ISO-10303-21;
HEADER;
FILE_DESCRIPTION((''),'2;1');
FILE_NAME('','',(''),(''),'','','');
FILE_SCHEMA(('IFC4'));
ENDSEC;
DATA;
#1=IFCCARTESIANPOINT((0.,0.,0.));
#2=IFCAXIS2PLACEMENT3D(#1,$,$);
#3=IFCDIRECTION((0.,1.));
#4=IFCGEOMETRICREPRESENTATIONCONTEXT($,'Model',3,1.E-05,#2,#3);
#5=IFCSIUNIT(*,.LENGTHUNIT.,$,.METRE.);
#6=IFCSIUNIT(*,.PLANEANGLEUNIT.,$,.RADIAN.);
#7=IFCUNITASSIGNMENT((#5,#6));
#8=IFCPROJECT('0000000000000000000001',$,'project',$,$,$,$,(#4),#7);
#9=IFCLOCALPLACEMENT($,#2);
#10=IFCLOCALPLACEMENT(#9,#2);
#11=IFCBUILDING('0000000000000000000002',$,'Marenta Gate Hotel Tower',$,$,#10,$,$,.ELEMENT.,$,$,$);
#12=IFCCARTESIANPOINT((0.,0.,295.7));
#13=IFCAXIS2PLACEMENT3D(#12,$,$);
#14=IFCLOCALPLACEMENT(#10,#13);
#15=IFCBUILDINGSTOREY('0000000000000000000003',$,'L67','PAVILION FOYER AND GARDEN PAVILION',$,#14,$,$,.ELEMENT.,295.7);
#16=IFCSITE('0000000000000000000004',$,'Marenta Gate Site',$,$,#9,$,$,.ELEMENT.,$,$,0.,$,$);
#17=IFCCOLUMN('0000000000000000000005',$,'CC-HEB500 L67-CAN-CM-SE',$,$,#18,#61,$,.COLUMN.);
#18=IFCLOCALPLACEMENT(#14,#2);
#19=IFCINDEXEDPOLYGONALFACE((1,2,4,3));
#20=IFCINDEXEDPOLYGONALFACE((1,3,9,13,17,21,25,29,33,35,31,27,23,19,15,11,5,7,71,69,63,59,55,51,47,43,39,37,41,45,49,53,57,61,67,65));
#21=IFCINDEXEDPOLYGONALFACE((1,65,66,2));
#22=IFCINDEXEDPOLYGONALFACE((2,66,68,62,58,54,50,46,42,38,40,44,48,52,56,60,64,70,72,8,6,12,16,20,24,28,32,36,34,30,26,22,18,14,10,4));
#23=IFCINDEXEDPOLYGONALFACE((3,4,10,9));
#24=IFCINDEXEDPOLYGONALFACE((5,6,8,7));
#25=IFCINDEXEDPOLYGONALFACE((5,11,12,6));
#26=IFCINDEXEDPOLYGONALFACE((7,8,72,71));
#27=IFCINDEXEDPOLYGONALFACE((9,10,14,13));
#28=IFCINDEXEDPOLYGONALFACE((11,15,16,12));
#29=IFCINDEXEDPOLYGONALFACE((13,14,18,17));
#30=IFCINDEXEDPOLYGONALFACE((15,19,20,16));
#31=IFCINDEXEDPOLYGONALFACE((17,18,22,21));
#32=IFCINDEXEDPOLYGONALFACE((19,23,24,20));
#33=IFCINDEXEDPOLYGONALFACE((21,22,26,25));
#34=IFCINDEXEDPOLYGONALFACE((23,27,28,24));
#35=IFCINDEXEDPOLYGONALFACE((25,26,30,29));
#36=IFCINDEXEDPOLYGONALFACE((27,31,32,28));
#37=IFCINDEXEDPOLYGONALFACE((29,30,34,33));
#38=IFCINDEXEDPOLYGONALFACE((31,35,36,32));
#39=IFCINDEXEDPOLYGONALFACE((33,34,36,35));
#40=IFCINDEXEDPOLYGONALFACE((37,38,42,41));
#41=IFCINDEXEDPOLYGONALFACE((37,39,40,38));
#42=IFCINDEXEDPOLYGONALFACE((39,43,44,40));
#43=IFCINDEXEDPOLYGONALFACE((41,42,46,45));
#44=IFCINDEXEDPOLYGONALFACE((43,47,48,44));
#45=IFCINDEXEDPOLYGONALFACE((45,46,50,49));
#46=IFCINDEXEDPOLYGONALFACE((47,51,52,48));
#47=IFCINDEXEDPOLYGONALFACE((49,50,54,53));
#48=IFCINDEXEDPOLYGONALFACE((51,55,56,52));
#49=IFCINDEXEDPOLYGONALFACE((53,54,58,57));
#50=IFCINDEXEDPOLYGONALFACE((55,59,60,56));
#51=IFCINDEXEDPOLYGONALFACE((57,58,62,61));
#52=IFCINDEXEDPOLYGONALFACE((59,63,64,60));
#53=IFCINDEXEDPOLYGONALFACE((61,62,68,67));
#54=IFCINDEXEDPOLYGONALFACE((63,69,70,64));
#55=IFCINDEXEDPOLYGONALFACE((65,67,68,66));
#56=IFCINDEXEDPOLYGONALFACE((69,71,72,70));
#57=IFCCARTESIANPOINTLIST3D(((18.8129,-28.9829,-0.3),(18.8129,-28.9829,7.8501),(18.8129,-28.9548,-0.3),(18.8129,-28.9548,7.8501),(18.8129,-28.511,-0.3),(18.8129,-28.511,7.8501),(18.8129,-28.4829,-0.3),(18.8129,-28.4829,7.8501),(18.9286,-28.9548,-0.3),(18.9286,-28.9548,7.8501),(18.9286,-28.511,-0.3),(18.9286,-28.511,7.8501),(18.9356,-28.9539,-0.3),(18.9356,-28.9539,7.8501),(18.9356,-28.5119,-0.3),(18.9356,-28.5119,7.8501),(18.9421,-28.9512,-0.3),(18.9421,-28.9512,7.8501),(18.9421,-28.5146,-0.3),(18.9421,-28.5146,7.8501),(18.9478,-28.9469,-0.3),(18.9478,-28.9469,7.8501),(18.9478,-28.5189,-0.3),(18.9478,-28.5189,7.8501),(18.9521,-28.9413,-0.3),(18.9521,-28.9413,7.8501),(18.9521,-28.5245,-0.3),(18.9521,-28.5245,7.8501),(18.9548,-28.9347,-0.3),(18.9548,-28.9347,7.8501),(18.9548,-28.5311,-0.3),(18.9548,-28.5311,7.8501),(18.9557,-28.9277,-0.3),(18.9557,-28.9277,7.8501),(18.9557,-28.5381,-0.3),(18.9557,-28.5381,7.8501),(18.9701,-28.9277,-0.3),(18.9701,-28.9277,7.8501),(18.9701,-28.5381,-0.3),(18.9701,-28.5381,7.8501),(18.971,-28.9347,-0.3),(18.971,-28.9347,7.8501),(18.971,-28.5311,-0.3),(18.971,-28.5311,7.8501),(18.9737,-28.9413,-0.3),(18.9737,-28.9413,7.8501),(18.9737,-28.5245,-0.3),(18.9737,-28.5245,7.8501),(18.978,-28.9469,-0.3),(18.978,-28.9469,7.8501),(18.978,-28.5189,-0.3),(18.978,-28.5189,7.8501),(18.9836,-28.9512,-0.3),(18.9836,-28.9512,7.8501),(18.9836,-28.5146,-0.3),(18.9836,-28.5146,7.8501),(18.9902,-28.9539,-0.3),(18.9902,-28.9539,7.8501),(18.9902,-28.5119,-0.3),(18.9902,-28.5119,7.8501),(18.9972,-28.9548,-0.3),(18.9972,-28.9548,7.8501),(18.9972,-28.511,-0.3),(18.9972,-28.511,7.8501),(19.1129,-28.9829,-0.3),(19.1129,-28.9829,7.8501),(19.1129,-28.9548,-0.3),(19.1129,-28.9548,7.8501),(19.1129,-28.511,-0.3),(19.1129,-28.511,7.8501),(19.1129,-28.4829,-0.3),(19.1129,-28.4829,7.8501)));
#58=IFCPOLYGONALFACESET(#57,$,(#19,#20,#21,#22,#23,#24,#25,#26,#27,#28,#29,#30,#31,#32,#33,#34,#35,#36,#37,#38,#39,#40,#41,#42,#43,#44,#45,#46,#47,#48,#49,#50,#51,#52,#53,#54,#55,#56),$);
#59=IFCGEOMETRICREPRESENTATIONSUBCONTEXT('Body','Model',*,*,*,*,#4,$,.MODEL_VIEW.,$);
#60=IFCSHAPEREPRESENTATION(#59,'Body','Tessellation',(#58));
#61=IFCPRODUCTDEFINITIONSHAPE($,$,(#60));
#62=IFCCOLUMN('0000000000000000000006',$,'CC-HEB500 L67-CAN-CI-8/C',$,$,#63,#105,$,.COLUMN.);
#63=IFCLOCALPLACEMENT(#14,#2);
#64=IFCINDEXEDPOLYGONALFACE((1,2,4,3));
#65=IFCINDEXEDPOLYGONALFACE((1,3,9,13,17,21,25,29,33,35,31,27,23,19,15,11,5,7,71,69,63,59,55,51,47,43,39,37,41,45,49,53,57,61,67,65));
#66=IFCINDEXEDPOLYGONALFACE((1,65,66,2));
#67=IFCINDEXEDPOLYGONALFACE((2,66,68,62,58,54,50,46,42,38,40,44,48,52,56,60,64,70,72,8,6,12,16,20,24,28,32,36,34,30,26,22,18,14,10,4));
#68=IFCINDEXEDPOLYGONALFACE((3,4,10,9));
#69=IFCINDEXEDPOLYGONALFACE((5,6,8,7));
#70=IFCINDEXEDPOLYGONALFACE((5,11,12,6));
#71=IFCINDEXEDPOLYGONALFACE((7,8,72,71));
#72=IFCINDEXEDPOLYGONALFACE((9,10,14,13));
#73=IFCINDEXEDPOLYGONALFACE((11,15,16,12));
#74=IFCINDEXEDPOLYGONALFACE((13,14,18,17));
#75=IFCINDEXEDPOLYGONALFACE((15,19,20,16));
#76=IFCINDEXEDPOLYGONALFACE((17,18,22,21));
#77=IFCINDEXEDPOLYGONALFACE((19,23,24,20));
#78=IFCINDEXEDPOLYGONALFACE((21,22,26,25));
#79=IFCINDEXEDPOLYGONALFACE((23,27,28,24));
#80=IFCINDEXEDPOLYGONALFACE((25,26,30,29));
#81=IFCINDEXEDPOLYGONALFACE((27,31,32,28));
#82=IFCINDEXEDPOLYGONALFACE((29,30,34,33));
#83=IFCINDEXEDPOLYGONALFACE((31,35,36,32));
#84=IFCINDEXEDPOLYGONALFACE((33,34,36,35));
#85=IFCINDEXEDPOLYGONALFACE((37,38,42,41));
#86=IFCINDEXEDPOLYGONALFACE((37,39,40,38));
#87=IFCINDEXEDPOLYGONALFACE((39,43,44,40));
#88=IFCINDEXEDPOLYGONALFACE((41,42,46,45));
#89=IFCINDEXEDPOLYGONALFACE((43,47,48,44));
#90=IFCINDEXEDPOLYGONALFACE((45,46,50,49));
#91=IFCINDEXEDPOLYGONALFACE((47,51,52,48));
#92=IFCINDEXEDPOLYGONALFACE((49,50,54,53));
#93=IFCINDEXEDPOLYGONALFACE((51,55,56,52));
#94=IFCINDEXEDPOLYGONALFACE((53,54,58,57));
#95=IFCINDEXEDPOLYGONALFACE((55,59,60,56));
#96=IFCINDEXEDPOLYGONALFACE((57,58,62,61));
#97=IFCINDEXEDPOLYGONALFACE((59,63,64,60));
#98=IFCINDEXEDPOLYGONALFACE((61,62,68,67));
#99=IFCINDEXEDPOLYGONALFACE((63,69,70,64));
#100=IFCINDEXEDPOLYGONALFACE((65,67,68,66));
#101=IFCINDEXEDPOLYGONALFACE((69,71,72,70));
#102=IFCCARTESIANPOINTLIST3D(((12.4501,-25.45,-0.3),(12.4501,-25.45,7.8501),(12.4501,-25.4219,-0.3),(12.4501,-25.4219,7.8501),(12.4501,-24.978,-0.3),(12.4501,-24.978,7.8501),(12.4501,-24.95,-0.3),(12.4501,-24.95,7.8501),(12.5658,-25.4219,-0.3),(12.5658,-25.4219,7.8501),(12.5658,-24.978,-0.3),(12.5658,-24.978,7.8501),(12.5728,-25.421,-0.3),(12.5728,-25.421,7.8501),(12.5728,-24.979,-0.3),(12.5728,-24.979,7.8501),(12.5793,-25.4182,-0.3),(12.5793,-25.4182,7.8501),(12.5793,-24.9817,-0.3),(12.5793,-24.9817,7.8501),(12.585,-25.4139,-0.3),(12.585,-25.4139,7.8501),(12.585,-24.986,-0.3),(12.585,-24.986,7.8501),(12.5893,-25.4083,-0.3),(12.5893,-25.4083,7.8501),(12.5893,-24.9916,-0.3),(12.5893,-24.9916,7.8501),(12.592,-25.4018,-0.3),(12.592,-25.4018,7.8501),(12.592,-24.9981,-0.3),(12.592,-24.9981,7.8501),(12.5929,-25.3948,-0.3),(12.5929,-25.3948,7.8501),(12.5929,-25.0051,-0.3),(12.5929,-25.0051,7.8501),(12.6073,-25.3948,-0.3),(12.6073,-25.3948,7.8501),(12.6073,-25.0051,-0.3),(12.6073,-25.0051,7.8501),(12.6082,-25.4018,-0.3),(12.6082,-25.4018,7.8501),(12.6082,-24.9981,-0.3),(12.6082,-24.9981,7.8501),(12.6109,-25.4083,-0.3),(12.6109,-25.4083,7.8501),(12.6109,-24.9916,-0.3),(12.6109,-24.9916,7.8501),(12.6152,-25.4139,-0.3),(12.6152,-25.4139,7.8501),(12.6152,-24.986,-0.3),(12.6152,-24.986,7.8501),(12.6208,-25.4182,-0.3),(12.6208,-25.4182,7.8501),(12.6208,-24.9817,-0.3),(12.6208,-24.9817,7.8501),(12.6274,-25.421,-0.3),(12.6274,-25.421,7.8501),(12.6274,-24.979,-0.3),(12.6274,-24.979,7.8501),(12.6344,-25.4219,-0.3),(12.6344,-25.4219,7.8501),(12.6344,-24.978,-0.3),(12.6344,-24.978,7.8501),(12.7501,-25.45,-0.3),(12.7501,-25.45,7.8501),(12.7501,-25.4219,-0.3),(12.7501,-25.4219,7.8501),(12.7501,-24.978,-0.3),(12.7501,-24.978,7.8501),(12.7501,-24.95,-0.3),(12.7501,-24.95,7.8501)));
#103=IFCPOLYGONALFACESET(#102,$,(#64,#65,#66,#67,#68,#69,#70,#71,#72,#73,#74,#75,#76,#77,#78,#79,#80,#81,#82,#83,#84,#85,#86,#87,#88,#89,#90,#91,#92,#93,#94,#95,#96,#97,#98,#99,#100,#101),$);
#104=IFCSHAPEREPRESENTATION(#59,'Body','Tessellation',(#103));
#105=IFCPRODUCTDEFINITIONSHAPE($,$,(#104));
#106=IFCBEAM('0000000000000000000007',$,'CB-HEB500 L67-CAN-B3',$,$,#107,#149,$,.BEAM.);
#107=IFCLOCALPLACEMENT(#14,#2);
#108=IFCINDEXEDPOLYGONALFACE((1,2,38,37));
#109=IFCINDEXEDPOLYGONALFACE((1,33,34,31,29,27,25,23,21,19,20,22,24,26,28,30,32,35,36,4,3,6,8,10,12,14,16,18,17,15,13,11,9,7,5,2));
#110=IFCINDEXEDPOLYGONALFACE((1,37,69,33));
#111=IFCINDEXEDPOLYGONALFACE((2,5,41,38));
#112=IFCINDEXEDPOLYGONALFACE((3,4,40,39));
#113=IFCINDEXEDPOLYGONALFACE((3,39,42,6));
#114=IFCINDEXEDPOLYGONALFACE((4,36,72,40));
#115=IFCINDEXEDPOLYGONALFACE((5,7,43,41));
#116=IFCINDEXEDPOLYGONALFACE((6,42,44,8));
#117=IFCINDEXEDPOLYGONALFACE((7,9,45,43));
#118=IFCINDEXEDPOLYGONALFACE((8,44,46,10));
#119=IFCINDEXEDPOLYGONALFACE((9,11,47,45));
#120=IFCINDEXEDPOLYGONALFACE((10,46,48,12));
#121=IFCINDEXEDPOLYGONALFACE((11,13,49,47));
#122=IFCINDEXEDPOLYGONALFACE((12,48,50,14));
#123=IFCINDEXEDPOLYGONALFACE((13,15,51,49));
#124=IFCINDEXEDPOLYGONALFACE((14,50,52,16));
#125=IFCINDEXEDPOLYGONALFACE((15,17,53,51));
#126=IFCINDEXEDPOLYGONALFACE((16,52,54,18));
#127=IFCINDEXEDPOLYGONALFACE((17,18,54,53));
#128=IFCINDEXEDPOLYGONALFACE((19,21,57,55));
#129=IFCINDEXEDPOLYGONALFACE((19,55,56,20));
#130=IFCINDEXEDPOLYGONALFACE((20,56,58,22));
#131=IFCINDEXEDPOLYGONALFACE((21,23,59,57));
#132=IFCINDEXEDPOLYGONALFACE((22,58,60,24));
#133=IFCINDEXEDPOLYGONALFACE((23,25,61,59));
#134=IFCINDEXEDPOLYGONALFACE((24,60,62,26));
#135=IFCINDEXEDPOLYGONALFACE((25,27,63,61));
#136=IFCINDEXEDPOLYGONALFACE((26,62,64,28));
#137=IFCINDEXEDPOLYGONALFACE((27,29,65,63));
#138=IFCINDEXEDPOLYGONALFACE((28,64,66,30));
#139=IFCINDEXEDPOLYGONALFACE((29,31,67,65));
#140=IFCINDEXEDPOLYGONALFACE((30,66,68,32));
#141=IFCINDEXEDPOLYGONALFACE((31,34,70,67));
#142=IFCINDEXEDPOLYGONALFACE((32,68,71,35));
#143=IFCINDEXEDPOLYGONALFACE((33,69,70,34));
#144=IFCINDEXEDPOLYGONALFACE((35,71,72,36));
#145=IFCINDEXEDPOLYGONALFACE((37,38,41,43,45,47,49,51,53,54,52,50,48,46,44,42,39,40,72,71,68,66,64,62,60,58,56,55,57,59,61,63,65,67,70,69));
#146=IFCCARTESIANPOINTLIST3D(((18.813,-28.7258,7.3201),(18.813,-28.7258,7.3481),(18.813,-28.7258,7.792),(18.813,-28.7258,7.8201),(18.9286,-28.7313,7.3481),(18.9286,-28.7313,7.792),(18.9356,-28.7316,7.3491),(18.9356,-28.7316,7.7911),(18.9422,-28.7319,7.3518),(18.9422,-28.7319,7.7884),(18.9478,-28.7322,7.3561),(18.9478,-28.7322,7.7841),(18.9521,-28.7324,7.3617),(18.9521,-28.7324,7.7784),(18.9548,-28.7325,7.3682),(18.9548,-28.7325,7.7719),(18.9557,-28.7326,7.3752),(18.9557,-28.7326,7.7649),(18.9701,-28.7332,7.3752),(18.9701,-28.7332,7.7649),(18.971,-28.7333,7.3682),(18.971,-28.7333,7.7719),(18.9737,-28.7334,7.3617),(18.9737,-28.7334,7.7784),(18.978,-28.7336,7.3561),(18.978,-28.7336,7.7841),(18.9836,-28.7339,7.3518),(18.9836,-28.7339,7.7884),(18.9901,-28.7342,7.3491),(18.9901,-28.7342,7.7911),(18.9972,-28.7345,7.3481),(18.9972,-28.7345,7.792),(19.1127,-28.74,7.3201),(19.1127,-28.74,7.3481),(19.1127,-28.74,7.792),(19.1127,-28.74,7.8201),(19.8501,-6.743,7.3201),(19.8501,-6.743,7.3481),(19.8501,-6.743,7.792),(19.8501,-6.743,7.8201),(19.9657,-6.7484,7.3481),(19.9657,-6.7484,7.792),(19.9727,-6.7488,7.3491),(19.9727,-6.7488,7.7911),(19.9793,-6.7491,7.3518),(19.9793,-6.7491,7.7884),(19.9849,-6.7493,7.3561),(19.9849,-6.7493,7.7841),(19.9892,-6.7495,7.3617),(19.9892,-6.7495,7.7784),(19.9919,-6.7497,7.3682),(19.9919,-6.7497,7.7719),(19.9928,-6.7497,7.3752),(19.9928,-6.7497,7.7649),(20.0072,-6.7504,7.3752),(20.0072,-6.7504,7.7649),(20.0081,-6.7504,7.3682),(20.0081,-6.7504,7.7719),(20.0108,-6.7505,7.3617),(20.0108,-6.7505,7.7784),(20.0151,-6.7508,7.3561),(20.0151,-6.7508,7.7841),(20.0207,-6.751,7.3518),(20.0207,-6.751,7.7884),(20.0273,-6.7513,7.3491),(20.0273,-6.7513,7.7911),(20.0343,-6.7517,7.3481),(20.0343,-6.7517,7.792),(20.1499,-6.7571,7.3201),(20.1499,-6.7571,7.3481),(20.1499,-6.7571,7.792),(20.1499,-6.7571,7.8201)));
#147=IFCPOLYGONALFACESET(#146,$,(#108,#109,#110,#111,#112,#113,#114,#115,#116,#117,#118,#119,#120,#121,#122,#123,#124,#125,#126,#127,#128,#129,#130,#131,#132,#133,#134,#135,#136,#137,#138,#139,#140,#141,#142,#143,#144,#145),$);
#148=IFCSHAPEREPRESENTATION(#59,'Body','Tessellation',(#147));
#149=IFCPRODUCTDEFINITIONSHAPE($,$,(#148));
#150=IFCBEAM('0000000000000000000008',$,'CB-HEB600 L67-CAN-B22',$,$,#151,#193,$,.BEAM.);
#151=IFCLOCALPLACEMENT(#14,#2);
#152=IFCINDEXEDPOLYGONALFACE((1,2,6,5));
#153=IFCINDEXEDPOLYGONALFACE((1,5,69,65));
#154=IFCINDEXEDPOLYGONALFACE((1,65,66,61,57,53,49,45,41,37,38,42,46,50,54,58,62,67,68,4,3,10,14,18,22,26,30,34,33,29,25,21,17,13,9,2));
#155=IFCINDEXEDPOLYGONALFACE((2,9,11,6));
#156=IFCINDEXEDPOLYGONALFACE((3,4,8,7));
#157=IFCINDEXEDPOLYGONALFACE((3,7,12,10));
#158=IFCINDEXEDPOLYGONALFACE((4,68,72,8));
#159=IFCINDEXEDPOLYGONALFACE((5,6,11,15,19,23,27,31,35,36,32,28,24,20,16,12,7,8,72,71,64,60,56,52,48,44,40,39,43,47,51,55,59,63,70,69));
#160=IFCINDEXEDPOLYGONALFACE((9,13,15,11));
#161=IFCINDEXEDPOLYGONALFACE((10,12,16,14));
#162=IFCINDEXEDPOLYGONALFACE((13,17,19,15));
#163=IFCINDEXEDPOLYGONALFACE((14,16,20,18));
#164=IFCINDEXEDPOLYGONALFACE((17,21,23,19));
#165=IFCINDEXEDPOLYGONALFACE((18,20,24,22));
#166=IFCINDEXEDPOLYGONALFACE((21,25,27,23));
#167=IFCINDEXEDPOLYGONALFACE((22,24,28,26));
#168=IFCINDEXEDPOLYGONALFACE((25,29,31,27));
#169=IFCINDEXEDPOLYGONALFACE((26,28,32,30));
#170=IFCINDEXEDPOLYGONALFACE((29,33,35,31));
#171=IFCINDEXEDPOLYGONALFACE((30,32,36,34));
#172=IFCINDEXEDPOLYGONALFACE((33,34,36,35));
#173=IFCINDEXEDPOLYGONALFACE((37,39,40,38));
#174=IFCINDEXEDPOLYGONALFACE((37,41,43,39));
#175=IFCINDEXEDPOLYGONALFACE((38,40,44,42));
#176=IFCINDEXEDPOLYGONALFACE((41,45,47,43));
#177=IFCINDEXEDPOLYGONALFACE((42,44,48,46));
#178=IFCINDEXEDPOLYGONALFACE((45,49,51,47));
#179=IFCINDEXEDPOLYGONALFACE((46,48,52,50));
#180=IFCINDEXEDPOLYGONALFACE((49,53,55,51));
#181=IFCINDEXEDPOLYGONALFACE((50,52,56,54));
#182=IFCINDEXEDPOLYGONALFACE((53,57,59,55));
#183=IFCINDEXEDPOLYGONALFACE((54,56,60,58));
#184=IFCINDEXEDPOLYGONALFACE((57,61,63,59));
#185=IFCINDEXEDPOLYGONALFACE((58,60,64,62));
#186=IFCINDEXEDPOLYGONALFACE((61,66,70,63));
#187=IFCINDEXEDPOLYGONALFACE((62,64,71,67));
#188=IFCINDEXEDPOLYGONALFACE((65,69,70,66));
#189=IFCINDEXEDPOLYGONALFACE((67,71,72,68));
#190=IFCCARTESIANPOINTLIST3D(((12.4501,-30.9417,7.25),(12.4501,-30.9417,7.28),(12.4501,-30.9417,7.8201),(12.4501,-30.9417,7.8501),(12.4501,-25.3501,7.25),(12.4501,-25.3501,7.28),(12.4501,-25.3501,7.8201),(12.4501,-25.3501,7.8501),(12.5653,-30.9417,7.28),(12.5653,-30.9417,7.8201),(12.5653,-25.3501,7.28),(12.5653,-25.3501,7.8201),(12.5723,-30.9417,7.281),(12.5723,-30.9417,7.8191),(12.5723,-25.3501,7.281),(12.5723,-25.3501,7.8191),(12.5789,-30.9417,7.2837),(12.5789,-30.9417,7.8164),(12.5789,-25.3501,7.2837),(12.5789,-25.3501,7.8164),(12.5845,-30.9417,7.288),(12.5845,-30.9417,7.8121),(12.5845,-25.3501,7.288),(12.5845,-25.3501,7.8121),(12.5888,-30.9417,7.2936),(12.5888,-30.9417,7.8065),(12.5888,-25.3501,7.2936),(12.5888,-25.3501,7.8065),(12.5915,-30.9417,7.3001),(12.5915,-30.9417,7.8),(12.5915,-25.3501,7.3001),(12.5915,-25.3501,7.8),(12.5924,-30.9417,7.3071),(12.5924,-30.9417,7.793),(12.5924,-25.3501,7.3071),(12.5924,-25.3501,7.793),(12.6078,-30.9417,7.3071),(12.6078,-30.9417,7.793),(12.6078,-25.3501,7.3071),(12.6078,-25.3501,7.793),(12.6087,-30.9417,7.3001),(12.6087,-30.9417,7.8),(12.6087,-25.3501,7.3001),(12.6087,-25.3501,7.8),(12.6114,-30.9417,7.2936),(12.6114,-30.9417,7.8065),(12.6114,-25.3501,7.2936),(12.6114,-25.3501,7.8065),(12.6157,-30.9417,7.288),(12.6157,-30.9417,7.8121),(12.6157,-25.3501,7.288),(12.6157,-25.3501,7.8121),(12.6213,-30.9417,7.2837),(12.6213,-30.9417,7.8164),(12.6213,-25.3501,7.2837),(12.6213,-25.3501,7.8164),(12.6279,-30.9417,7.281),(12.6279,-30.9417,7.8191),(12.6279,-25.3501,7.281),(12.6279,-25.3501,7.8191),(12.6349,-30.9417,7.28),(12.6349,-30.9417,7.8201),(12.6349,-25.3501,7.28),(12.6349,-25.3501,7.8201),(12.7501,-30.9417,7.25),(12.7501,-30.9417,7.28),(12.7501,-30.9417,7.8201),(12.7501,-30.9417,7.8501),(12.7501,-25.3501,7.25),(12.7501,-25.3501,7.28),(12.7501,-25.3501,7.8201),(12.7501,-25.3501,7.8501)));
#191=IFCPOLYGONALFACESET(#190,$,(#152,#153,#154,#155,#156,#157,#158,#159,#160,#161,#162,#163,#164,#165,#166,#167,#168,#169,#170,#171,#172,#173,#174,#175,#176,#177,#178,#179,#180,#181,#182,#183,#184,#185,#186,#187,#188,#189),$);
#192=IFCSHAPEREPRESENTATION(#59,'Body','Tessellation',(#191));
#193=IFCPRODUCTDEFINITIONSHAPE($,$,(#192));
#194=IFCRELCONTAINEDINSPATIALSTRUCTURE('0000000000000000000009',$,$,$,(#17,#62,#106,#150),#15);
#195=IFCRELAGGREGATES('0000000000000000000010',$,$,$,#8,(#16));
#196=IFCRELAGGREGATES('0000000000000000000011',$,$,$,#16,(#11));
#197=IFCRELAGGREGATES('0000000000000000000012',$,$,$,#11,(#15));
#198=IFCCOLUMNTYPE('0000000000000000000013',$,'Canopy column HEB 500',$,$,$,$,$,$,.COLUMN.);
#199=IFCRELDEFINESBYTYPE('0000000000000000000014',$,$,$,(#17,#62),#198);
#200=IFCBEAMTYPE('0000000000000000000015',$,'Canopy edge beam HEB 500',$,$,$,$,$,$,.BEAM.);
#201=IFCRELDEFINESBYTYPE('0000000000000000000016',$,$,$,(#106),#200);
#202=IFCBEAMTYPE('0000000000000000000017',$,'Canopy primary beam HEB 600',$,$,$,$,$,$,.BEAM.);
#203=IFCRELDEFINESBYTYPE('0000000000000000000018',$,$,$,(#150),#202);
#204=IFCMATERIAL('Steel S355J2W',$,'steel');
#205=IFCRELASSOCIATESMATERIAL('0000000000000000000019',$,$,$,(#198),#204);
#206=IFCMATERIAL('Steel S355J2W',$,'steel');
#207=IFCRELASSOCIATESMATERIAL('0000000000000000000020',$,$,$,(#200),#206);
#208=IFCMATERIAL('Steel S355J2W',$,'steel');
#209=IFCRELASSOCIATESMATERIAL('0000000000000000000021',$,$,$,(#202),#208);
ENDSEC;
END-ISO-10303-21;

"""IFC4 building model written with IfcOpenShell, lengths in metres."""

from ifc_helpers import new_model, si_unit, direction, frame, origin, origin_2d, place, context, subcontext, project, spatial, i_section, extrude, material, material_profile, profile_set, type_object, element, save


model = new_model("IFC4")

# Units and contexts
model_context = context("Model", 3, precision=1e-05, world=origin(), true_north=direction((0.0, 1.0)))
body_context = subcontext(model_context, "Body", "Model", "MODEL_VIEW")
ifc_project = project(units=[si_unit("LENGTHUNIT", "METRE"), si_unit("PLANEANGLEUNIT", "RADIAN")], contexts=[model_context])

# Site, building, storey
site_placement = place(None, origin())
site = spatial("IfcSite", under=ifc_project, at=site_placement, Name="Marenta Gate Site", CompositionType="ELEMENT", RefElevation=0.0)
building_placement = place(site_placement, origin())
building = spatial("IfcBuilding", under=site, at=building_placement, Name="Marenta Gate Hotel Tower", CompositionType="ELEMENT")
storey_placement = place(building_placement, frame((0.0, 0.0, 295.7)))
storey = spatial("IfcBuildingStorey", under=building, at=storey_placement, Name="L67", Description="PAVILION FOYER AND GARDEN PAVILION", CompositionType="ELEMENT", Elevation=295.7)

# Columns
ifc_material_1 = material(Name="Steel S355J2W", Category="steel")
ifc_material_profile_1 = material_profile(ifc_material_1, i_section(OverallWidth=0.3, OverallDepth=0.5, WebThickness=0.0144, FlangeThickness=0.0281, FilletRadius=0.0271, at=origin_2d()), Name="HEB 500")
ifc_profile_set_1 = profile_set([ifc_material_profile_1], Name="Steel S355J2W")
column_type = type_object("IfcColumnType", Name="Canopy column HEB 500", PredefinedType="COLUMN", material=ifc_profile_set_1)
for number, where, z_axis, x_axis, name in (
    (1, (18.9629, -28.7329, -0.3), (0.0, 0.0, 1.0), (1.0, 0.0, 0.0), "CC-HEB500 L67-CAN-CM-SE"),
    (2, (12.6001, -25.2, -0.3), (0.0, 0.0, 1.0), (1.0, 0.0, 0.0), "CC-HEB500 L67-CAN-CI-8/C"),
):
    element("IfcColumn", number, at=place(storey_placement, frame(where, z_axis=z_axis, x_axis=x_axis)), inside=storey, type_object=column_type, Name=name, PredefinedType="COLUMN", context=body_context, shape_type="SweptSolid", body=[
        extrude(i_section(OverallWidth=0.3, OverallDepth=0.5, WebThickness=0.0144, FlangeThickness=0.0281, FilletRadius=0.0271, at=origin_2d()), origin(), (0.0, 0.0, 1.0), 8.1501),
    ])

# Beams
ifc_material_2 = material(Name="Steel S355J2W", Category="steel")
ifc_material_profile_2 = material_profile(ifc_material_2, i_section(OverallWidth=0.3, OverallDepth=0.5, WebThickness=0.0144, FlangeThickness=0.0281, FilletRadius=0.0271, at=origin_2d()), Name="HEB 500")
ifc_profile_set_2 = profile_set([ifc_material_profile_2], Name="Steel S355J2W")
beam_type_1 = type_object("IfcBeamType", Name="Canopy edge beam HEB 500", PredefinedType="BEAM", material=ifc_profile_set_2)
beam_1_placement = place(storey_placement, frame((18.9629, -28.7329, 7.5701), z_axis=(0.047126, 0.998889, 0.0), x_axis=(-0.998889, 0.047126, 0.0)))
element("IfcBeam", 3, at=beam_1_placement, inside=storey, type_object=beam_type_1, Name="CB-HEB500 L67-CAN-B3", PredefinedType="BEAM", context=body_context, shape_type="SweptSolid", body=[
    extrude(i_section(OverallWidth=0.3, OverallDepth=0.5, WebThickness=0.0144, FlangeThickness=0.0281, FilletRadius=0.0271, at=origin_2d()), origin(), (0.0, 0.0, 1.0), 22.0073),
])
ifc_material_3 = material(Name="Steel S355J2W", Category="steel")
ifc_material_profile_3 = material_profile(ifc_material_3, i_section(OverallWidth=0.3, OverallDepth=0.6001, WebThickness=0.0154, FlangeThickness=0.03, FilletRadius=0.0271, at=origin_2d()), Name="HEB 600")
ifc_profile_set_3 = profile_set([ifc_material_profile_3], Name="Steel S355J2W")
beam_type_2 = type_object("IfcBeamType", Name="Canopy primary beam HEB 600", PredefinedType="BEAM", material=ifc_profile_set_3)
beam_2_placement = place(storey_placement, frame((12.6001, -30.9417, 7.55), z_axis=(0.0, 1.0, 0.0), x_axis=(-1.0, 0.0, 0.0)))
element("IfcBeam", 4, at=beam_2_placement, inside=storey, type_object=beam_type_2, Name="CB-HEB600 L67-CAN-B22", PredefinedType="BEAM", context=body_context, shape_type="SweptSolid", body=[
    extrude(i_section(OverallWidth=0.3, OverallDepth=0.6001, WebThickness=0.0154, FlangeThickness=0.03, FilletRadius=0.0271, at=origin_2d()), origin(), (0.0, 0.0, 1.0), 5.5916),
])

save(model, "model.ifc")
